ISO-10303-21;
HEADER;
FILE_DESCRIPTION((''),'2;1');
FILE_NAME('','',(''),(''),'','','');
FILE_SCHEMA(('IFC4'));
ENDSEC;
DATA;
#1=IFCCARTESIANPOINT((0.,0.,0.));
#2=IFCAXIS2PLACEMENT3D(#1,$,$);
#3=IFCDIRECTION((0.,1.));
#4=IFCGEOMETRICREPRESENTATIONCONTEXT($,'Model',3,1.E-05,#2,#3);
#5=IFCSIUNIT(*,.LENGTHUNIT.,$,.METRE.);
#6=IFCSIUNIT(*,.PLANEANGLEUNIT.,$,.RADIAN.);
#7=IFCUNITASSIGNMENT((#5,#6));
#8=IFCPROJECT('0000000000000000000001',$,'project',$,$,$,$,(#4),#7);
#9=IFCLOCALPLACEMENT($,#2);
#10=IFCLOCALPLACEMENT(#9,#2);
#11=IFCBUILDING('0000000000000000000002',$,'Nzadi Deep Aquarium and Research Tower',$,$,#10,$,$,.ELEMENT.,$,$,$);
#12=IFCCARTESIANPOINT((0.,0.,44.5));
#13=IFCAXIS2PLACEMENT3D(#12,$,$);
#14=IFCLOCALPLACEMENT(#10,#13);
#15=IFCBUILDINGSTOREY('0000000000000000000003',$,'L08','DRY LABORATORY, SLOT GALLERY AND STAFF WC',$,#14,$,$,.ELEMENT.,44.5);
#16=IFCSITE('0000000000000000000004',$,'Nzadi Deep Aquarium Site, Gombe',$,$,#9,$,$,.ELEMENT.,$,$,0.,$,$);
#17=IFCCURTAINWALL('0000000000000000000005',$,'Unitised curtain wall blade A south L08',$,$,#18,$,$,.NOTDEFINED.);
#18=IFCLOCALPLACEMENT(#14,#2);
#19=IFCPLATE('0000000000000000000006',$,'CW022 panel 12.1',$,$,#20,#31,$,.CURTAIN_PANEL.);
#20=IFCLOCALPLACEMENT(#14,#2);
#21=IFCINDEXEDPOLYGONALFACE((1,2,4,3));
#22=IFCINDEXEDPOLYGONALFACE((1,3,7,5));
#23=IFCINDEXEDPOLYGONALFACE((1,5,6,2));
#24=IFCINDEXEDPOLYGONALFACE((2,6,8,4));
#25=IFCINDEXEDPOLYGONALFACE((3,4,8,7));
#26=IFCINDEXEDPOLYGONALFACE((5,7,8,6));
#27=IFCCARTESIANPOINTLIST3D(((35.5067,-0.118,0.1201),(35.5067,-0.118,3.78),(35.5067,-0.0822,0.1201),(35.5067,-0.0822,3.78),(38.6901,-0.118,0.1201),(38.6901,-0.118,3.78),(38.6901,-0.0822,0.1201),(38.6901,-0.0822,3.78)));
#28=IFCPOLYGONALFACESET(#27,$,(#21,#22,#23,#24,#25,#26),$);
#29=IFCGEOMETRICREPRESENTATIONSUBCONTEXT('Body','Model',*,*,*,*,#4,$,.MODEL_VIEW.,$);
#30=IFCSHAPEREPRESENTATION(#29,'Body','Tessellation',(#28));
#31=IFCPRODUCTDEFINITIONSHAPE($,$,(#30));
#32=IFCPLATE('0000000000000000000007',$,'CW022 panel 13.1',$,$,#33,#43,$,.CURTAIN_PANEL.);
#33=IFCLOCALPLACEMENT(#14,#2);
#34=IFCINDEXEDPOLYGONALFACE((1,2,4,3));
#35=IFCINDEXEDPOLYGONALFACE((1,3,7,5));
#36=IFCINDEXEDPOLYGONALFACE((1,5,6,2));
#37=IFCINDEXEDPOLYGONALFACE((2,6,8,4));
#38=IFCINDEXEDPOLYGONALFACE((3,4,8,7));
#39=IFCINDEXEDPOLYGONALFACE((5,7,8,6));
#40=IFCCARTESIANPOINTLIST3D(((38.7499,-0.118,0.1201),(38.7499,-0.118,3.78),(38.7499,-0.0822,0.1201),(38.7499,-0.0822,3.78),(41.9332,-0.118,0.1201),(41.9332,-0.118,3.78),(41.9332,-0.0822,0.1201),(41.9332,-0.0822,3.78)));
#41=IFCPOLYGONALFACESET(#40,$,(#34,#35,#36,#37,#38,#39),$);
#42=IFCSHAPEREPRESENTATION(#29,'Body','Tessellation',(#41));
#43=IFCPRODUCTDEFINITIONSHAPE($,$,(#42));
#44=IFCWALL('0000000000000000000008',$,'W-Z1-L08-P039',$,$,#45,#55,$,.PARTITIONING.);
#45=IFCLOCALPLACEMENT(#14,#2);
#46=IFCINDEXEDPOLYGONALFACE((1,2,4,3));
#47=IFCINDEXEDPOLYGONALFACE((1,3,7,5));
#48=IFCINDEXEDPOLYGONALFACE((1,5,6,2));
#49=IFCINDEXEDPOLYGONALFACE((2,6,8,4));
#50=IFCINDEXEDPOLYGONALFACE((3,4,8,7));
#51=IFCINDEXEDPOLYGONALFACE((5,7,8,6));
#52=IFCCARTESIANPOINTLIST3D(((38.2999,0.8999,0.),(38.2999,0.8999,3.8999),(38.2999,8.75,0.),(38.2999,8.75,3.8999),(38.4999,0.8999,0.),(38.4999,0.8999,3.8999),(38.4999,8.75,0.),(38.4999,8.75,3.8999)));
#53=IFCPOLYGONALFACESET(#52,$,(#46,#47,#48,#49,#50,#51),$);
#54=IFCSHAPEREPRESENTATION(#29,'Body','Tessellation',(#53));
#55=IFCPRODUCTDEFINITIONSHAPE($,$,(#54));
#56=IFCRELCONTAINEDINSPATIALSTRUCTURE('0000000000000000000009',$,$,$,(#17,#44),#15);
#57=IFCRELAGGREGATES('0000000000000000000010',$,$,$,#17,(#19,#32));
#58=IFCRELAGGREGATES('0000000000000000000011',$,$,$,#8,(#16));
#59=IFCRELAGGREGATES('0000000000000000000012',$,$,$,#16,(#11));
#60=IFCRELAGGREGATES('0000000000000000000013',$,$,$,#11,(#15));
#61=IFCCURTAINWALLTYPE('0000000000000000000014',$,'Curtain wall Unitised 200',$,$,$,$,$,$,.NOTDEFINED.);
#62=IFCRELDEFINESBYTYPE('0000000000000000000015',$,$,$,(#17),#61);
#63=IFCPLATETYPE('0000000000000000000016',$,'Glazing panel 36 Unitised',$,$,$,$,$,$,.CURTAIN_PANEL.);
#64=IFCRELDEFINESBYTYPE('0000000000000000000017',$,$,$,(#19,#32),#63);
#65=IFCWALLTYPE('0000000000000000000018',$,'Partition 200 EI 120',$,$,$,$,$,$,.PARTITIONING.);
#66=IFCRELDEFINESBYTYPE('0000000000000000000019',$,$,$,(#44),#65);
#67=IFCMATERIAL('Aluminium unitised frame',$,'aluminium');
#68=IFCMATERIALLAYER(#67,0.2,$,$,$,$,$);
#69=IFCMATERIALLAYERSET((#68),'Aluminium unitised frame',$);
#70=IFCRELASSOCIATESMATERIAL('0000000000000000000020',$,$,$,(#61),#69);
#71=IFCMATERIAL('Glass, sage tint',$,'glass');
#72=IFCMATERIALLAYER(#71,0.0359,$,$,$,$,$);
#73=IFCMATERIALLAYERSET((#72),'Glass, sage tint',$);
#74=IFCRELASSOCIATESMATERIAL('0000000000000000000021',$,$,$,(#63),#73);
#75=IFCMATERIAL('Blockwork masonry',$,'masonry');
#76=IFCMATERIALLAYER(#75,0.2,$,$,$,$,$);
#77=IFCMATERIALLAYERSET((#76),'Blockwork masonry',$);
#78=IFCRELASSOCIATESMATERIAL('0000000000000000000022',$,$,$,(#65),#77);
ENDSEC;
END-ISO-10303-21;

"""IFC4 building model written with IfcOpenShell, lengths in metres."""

from ifc_helpers import new_model, si_unit, direction, frame, frame_2d, origin, origin_2d, place, context, subcontext, project, spatial, rectangle, extrude, material, layer, layer_set, type_object, element, aggregate, save


model = new_model("IFC4")

# Units and contexts
model_context = context("Model", 3, precision=1e-05, world=origin(), true_north=direction((0.0, 1.0)))
body_context = subcontext(model_context, "Body", "Model", "MODEL_VIEW")
ifc_project = project(units=[si_unit("LENGTHUNIT", "METRE"), si_unit("PLANEANGLEUNIT", "RADIAN")], contexts=[model_context])

# Site, building, storey
site_placement = place(None, origin())
site = spatial("IfcSite", under=ifc_project, at=site_placement, Name="Nzadi Deep Aquarium Site, Gombe", CompositionType="ELEMENT", RefElevation=0.0)
building_placement = place(site_placement, origin())
building = spatial("IfcBuilding", under=site, at=building_placement, Name="Nzadi Deep Aquarium and Research Tower", CompositionType="ELEMENT")
storey_placement = place(building_placement, frame((0.0, 0.0, 44.5)))
storey = spatial("IfcBuildingStorey", under=building, at=storey_placement, Name="L08", Description="DRY LABORATORY, SLOT GALLERY AND STAFF WC", CompositionType="ELEMENT", Elevation=44.5)

# Curtain wall
ifc_material_1 = material(Name="Aluminium unitised frame", Category="aluminium")
ifc_layer_1 = layer(ifc_material_1, 0.2)
ifc_layer_set_1 = layer_set([ifc_layer_1], Name="Aluminium unitised frame")
curtain_wall_type = type_object("IfcCurtainWallType", Name="Curtain wall Unitised 200", PredefinedType="NOTDEFINED", material=ifc_layer_set_1)
curtain_wall_placement = place(storey_placement, origin())
curtain_wall = element("IfcCurtainWall", 1, at=curtain_wall_placement, inside=storey, type_object=curtain_wall_type, Name="Unitised curtain wall blade A south L08", PredefinedType="NOTDEFINED")

# Plates
ifc_material_2 = material(Name="Glass, sage tint", Category="glass")
ifc_layer_2 = layer(ifc_material_2, 0.0359)
ifc_layer_set_2 = layer_set([ifc_layer_2], Name="Glass, sage tint")
plate_type = type_object("IfcPlateType", Name="Glazing panel 36 Unitised", PredefinedType="CURTAIN_PANEL", material=ifc_layer_set_2)
plate_1_placement = place(storey_placement, frame((37.0984, -0.1001, 0.1201), z_axis=(0.0, 0.0, 1.0), x_axis=(1.0, 0.0, 0.0)))
plate_1 = element("IfcPlate", 2, at=plate_1_placement, type_object=plate_type, Name="CW022 panel 12.1", PredefinedType="CURTAIN_PANEL", context=body_context, shape_type="SweptSolid", body=[
    extrude(rectangle(XDim=3.1833, YDim=0.0359, at=origin_2d()), origin(), (0.0, 0.0, 1.0), 3.6599),
])
plate_2_placement = place(storey_placement, frame((40.3416, -0.1001, 0.1201), z_axis=(0.0, 0.0, 1.0), x_axis=(1.0, 0.0, 0.0)))
plate_2 = element("IfcPlate", 3, at=plate_2_placement, type_object=plate_type, Name="CW022 panel 13.1", PredefinedType="CURTAIN_PANEL", context=body_context, shape_type="SweptSolid", body=[
    extrude(rectangle(XDim=3.1833, YDim=0.0359, at=origin_2d()), origin(), (0.0, 0.0, 1.0), 3.6599),
])
aggregate(curtain_wall, [plate_1, plate_2])

# Wall
ifc_material_3 = material(Name="Blockwork masonry", Category="masonry")
ifc_layer_3 = layer(ifc_material_3, 0.2)
ifc_layer_set_3 = layer_set([ifc_layer_3], Name="Blockwork masonry")
wall_type = type_object("IfcWallType", Name="Partition 200 EI 120", PredefinedType="PARTITIONING", material=ifc_layer_set_3)
wall_placement = place(storey_placement, frame((38.3999, 0.8999, 0.0), z_axis=(0.0, 0.0, 1.0), x_axis=(0.0, 1.0, 0.0)))
element("IfcWall", 4, at=wall_placement, inside=storey, type_object=wall_type, Name="W-Z1-L08-P039", PredefinedType="PARTITIONING", context=body_context, shape_type="SweptSolid", body=[
    extrude(rectangle(XDim=7.8501, YDim=0.2, at=frame_2d((3.925, 0.0))), origin(), (0.0, 0.0, 1.0), 3.8999),
])

save(model, "model.ifc")
